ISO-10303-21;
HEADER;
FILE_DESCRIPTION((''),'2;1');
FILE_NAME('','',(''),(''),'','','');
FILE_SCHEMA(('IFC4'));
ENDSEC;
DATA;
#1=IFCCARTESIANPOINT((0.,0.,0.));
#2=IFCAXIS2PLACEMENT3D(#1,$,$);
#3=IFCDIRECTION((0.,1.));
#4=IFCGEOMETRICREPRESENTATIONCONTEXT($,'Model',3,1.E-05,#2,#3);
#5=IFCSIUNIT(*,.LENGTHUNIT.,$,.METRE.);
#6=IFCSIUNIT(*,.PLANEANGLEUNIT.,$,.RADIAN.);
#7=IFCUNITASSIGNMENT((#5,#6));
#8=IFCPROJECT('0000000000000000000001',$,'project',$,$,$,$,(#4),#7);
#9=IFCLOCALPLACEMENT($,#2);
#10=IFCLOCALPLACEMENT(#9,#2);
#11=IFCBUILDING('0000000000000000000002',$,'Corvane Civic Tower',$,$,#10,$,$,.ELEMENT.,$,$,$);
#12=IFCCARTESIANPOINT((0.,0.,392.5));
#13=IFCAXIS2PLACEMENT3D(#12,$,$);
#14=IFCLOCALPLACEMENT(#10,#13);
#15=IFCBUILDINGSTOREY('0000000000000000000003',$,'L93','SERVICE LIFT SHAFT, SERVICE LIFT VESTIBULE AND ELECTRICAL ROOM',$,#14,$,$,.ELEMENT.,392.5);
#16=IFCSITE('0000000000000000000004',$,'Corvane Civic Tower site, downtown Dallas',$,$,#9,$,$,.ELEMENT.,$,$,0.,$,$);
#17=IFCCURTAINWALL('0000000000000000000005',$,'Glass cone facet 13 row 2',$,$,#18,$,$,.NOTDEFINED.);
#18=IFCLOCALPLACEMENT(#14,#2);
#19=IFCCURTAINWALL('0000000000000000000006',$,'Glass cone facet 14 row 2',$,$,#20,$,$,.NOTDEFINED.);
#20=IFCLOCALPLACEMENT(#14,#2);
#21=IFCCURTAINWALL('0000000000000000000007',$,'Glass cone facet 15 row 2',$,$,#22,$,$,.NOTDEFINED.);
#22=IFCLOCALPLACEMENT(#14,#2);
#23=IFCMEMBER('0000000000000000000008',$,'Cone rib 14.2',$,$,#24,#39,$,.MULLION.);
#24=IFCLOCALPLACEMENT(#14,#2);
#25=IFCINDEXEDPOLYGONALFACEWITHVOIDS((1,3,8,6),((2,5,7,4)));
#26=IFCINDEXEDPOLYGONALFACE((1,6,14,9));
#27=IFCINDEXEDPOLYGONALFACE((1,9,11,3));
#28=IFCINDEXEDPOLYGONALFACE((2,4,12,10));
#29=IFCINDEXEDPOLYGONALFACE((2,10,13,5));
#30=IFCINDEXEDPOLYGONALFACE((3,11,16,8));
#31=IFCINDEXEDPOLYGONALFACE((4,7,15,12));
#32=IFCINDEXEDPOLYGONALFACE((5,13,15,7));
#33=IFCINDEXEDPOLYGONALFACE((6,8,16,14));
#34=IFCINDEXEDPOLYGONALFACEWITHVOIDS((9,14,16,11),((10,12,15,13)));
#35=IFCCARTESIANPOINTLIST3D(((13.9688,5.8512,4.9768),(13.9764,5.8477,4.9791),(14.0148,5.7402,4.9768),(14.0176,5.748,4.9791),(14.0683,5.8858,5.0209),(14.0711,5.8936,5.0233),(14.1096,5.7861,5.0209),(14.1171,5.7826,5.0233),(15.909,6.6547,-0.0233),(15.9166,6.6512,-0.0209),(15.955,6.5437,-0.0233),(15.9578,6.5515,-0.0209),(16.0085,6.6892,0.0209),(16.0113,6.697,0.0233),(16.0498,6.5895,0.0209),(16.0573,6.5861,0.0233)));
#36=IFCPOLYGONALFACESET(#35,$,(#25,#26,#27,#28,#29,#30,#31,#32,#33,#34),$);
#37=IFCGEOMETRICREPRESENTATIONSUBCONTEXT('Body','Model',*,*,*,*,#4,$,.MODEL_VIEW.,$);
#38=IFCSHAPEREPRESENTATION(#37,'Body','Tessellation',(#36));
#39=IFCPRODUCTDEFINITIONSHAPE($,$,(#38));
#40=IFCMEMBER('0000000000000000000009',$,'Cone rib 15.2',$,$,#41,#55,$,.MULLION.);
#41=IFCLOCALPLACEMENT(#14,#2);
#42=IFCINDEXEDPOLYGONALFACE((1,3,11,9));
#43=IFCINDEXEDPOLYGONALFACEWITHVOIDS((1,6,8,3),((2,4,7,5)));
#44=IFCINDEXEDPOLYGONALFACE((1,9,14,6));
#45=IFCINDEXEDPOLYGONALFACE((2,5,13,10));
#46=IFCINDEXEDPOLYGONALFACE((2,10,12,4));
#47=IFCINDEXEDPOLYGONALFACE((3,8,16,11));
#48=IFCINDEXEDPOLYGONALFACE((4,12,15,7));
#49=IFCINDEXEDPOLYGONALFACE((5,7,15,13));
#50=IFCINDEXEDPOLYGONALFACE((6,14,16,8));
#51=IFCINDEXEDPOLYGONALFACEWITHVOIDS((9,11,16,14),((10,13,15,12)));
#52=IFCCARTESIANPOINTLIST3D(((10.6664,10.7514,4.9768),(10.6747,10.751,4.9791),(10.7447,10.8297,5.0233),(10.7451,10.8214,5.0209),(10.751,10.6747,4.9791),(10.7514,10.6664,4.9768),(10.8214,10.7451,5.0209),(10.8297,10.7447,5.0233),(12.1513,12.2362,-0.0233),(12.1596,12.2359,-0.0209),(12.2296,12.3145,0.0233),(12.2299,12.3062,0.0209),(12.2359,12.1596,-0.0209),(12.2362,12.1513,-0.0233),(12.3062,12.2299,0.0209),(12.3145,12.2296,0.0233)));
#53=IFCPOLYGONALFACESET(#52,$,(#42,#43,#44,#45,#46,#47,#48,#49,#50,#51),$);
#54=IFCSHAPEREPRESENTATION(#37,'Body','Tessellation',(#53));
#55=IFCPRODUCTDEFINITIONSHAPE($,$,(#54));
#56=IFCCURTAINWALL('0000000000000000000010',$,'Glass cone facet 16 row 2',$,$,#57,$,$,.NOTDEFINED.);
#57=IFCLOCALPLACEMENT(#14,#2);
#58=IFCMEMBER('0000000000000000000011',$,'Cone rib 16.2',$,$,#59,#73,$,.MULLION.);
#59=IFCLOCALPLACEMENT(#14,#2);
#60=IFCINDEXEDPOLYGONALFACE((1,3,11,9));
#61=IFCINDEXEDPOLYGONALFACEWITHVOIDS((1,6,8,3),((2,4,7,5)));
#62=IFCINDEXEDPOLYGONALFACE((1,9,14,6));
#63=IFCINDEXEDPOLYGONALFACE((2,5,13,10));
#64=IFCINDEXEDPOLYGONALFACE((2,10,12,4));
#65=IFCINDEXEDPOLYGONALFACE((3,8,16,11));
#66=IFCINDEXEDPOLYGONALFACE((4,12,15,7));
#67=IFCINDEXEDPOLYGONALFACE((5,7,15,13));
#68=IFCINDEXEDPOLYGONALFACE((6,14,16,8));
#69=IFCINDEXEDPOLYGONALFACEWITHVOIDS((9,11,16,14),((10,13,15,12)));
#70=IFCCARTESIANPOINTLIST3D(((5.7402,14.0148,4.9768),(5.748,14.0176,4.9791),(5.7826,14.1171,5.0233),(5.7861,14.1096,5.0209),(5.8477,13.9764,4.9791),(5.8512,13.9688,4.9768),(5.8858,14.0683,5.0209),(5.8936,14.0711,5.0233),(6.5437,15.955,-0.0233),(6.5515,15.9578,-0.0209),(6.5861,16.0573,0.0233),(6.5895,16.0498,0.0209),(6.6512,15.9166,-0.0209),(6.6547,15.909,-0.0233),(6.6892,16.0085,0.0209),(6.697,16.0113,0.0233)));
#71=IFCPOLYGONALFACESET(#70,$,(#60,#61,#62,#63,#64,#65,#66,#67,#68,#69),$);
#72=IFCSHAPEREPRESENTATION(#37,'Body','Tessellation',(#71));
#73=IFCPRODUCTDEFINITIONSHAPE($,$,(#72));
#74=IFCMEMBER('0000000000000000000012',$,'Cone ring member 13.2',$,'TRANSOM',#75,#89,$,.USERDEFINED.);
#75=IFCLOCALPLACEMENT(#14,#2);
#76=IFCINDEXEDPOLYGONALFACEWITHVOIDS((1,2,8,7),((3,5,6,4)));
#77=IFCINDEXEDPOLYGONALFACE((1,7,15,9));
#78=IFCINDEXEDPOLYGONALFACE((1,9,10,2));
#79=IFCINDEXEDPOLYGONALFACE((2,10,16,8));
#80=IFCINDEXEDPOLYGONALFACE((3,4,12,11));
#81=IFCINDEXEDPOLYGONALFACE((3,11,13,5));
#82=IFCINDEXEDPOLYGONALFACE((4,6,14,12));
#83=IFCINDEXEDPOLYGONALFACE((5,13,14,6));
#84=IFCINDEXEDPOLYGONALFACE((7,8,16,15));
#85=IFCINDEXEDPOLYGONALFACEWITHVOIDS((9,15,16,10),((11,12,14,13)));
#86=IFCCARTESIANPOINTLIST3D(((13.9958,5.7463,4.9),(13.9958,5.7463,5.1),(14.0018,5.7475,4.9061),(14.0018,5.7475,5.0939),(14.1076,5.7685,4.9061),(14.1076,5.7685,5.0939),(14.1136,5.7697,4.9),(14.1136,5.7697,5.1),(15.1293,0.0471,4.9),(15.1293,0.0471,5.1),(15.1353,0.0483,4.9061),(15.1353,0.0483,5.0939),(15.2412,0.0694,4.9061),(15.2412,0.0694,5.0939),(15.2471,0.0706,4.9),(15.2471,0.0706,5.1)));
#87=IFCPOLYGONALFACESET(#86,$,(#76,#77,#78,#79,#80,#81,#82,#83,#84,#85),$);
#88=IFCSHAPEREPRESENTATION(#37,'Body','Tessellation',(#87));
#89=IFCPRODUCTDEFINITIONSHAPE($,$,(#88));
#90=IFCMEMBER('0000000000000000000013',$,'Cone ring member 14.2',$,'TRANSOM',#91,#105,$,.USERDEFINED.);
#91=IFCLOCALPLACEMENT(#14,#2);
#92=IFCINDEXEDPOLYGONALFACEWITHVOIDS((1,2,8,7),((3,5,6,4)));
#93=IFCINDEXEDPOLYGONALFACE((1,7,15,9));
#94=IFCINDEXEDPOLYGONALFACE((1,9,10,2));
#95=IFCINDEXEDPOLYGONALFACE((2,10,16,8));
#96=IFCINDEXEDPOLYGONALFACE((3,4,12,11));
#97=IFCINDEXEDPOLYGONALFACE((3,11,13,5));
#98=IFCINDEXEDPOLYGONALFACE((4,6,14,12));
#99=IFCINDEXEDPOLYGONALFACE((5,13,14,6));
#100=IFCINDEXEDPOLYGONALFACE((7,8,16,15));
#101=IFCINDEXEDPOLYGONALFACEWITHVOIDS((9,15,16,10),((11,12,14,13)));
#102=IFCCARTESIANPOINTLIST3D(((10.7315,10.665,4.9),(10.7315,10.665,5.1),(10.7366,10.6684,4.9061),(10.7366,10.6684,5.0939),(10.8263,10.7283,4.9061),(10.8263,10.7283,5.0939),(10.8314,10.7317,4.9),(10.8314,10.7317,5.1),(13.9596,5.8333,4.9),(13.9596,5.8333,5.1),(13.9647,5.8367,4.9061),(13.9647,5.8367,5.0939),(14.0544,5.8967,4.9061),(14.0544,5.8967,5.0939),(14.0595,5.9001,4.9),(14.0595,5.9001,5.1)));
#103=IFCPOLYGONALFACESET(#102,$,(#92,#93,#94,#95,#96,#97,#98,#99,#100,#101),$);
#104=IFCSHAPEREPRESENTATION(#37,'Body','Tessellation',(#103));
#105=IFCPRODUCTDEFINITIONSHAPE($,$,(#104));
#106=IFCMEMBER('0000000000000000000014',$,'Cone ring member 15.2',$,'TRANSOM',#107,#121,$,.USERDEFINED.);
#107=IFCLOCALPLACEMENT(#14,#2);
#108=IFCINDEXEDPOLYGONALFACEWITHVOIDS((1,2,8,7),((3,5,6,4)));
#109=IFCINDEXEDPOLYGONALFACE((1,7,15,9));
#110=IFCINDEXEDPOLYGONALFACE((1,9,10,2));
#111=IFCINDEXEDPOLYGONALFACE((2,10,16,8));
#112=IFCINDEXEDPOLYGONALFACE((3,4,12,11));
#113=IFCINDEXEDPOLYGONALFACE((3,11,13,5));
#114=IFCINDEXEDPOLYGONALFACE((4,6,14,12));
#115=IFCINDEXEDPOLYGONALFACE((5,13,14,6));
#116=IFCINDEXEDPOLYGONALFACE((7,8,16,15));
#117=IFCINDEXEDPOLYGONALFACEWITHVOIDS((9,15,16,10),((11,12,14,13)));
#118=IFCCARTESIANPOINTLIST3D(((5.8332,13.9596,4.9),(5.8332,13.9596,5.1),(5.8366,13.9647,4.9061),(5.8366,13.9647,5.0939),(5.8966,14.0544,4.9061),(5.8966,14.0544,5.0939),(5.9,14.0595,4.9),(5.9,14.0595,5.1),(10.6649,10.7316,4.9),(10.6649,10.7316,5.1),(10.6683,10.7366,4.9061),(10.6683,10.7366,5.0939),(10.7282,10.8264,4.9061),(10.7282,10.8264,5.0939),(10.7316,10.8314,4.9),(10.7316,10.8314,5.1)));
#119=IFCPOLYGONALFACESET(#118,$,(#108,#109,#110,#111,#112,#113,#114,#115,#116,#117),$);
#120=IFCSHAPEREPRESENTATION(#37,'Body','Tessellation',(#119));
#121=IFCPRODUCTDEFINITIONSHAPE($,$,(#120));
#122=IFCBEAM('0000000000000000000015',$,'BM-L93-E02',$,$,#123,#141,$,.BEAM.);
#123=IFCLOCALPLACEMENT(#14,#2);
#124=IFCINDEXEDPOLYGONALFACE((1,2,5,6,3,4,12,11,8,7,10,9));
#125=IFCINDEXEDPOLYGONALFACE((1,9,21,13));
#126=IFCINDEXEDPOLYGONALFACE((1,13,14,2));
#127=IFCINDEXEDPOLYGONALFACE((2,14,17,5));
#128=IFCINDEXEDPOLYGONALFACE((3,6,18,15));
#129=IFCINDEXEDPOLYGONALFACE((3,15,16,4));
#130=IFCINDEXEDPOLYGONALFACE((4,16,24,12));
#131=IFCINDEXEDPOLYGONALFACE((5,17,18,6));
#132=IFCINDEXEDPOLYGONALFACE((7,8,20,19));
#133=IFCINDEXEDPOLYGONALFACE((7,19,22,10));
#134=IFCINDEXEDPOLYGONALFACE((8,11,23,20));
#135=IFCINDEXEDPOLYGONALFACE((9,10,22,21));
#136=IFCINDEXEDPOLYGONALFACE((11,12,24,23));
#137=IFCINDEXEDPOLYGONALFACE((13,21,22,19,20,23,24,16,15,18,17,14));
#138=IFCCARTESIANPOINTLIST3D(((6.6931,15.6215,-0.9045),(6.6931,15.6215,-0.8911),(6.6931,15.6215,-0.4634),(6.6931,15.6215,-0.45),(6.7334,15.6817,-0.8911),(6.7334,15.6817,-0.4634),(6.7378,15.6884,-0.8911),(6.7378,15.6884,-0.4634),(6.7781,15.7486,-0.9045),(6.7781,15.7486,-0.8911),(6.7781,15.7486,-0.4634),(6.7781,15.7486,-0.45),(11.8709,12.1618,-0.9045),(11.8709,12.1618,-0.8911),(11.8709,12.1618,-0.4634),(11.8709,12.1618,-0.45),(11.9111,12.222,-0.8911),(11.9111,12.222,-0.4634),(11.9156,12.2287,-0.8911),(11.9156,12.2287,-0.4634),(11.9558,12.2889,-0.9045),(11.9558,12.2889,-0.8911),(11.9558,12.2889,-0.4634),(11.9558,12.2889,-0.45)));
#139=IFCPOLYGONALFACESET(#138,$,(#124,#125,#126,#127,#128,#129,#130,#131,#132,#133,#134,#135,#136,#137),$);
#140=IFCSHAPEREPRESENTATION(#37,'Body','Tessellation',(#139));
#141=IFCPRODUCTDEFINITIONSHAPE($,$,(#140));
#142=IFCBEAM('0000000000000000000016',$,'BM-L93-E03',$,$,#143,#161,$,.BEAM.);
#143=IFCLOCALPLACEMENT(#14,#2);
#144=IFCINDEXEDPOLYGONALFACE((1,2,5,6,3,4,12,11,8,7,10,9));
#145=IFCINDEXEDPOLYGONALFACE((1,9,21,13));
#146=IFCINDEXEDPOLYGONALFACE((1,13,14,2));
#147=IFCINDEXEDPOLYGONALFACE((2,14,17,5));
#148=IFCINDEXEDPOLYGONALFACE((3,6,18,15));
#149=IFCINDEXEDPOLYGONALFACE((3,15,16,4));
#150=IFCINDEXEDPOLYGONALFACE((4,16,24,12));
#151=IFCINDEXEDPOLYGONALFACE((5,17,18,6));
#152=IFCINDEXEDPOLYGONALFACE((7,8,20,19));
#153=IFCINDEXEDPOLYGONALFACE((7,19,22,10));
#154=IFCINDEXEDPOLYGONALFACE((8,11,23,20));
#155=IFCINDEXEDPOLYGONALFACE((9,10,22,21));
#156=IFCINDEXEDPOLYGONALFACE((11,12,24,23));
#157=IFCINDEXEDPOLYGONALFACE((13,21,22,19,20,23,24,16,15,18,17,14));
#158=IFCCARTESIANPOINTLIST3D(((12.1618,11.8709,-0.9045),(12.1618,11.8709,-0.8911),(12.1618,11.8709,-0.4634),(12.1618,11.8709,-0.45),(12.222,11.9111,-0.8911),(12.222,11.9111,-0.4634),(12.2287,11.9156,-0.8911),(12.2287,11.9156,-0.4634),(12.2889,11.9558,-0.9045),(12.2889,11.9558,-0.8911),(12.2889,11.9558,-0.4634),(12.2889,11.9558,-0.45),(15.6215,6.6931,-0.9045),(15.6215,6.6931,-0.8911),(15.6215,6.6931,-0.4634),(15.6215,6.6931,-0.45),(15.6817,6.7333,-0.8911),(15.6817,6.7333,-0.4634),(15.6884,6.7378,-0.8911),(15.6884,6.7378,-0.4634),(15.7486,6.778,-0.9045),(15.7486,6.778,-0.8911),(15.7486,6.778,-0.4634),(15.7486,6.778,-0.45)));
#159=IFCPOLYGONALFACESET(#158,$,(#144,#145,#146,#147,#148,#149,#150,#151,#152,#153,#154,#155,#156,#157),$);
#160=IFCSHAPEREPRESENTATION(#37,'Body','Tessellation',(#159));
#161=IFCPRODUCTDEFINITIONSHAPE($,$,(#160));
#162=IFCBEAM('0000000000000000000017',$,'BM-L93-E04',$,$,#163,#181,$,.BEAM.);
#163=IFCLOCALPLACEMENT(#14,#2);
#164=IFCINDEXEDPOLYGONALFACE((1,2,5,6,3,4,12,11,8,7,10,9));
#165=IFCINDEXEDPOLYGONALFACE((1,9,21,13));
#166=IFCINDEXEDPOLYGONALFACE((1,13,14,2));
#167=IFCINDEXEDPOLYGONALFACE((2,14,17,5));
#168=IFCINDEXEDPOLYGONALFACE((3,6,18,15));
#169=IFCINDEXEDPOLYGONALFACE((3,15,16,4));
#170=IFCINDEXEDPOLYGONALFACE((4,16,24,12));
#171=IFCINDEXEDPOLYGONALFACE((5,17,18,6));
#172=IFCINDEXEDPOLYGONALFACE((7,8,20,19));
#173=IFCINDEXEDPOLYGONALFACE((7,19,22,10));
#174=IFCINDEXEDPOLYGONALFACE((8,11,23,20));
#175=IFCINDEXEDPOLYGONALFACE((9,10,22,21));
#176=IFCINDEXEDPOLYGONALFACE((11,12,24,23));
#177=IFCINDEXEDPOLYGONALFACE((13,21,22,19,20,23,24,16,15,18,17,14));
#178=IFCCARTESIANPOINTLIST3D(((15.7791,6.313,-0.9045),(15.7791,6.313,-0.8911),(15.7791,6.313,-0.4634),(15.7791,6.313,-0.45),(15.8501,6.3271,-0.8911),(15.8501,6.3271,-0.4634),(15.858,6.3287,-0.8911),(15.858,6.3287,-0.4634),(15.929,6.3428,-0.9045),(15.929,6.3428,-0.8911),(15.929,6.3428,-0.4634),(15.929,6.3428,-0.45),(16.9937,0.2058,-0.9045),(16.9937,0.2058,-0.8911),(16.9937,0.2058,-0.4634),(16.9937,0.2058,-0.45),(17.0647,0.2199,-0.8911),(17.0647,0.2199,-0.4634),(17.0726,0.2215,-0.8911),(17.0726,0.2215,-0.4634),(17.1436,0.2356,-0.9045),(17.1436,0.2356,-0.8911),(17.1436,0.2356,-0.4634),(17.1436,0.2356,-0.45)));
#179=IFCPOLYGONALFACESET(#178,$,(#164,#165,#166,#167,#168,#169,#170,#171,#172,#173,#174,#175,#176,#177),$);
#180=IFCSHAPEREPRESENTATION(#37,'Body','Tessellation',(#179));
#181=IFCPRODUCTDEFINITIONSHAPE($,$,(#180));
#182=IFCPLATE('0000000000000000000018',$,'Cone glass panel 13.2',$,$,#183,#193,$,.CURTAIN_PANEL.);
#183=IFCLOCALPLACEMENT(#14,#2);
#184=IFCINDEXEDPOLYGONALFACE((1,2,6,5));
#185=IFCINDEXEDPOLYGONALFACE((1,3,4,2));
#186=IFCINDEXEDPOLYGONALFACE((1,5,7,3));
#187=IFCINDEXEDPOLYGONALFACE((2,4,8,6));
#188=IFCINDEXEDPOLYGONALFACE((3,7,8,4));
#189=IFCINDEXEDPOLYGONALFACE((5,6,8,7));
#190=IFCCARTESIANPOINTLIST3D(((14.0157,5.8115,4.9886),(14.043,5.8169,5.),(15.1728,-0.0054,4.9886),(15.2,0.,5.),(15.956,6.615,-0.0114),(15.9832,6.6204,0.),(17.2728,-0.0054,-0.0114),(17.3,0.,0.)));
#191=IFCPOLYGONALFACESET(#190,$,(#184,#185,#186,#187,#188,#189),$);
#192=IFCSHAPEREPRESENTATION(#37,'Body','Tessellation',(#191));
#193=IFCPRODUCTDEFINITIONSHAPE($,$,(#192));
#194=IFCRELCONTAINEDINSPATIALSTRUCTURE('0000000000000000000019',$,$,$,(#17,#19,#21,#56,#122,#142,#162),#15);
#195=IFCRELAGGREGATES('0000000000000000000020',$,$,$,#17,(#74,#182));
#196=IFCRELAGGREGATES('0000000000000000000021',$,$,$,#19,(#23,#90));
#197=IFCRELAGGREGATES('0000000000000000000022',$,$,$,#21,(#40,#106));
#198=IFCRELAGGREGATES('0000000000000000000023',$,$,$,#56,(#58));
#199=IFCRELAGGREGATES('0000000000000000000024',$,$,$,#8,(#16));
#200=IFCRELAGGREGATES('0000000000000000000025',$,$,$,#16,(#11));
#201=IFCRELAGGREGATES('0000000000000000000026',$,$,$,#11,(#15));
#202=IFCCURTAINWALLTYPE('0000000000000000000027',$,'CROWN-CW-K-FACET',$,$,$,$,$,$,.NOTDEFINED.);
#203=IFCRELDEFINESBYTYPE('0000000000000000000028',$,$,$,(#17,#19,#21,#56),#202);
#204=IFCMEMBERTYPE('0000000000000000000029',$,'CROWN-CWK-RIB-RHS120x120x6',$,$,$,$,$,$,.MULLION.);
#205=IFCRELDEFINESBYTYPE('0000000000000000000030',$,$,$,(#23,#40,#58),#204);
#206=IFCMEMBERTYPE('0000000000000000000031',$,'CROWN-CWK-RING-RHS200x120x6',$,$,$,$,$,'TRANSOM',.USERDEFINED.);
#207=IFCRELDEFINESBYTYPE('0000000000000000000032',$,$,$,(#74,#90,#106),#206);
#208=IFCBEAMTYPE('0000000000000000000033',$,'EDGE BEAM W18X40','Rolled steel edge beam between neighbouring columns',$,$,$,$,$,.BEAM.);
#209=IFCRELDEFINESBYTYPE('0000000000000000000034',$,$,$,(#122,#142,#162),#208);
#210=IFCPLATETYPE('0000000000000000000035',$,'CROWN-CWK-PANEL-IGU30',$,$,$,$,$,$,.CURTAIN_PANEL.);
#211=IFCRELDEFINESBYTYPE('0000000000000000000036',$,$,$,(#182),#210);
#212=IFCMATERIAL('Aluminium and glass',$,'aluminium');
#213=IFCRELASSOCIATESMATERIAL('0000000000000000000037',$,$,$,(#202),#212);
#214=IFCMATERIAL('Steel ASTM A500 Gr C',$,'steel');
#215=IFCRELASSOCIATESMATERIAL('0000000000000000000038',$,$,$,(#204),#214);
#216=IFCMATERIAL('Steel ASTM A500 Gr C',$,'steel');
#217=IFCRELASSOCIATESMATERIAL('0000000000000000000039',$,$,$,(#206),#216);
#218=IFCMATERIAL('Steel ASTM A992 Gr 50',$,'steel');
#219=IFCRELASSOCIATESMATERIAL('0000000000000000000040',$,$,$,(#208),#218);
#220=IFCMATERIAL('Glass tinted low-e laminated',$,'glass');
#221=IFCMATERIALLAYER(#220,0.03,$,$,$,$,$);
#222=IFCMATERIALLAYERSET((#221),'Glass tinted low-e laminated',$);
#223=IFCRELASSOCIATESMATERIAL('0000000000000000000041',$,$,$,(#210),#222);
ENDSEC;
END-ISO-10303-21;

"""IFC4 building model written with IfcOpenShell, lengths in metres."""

from ifc_helpers import new_model, si_unit, direction, frame, origin, origin_2d, place, context, subcontext, project, spatial, polyline, hollow_rectangle, i_section, outline, extrude, material, layer, layer_set, material_profile, profile_set, type_object, element, aggregate, save


model = new_model("IFC4")

# Units and contexts
model_context = context("Model", 3, precision=1e-05, world=origin(), true_north=direction((0.0, 1.0)))
body_context = subcontext(model_context, "Body", "Model", "MODEL_VIEW")
ifc_project = project(units=[si_unit("LENGTHUNIT", "METRE"), si_unit("PLANEANGLEUNIT", "RADIAN")], contexts=[model_context])

# Site, building, storey
site_placement = place(None, origin())
site = spatial("IfcSite", under=ifc_project, at=site_placement, Name="Corvane Civic Tower site, downtown Dallas", CompositionType="ELEMENT", RefElevation=0.0)
building_placement = place(site_placement, origin())
building = spatial("IfcBuilding", under=site, at=building_placement, Name="Corvane Civic Tower", CompositionType="ELEMENT")
storey_placement = place(building_placement, frame((0.0, 0.0, 392.5)))
storey = spatial("IfcBuildingStorey", under=building, at=storey_placement, Name="L93", Description="SERVICE LIFT SHAFT, SERVICE LIFT VESTIBULE AND ELECTRICAL ROOM", CompositionType="ELEMENT", Elevation=392.5)

# Curtain walls
ifc_material_1 = material(Name="Aluminium and glass", Category="aluminium")
curtain_wall_type = type_object("IfcCurtainWallType", Name="CROWN-CW-K-FACET", PredefinedType="NOTDEFINED", material=ifc_material_1)
curtain_wall_1_placement = place(storey_placement, origin())
curtain_wall_1 = element("IfcCurtainWall", 1, at=curtain_wall_1_placement, inside=storey, type_object=curtain_wall_type, Name="Glass cone facet 13 row 2", PredefinedType="NOTDEFINED")
curtain_wall_2_placement = place(storey_placement, origin())
curtain_wall_2 = element("IfcCurtainWall", 2, at=curtain_wall_2_placement, inside=storey, type_object=curtain_wall_type, Name="Glass cone facet 14 row 2", PredefinedType="NOTDEFINED")
curtain_wall_3_placement = place(storey_placement, origin())
curtain_wall_3 = element("IfcCurtainWall", 3, at=curtain_wall_3_placement, inside=storey, type_object=curtain_wall_type, Name="Glass cone facet 15 row 2", PredefinedType="NOTDEFINED")

# Members
ifc_material_2 = material(Name="Steel ASTM A500 Gr C", Category="steel")
ifc_material_profile_1 = material_profile(ifc_material_2, hollow_rectangle(XDim=0.1201, YDim=0.1201, WallThickness=0.0061, at=origin_2d()), Name="RHS 120x120x6")
ifc_profile_set_1 = profile_set([ifc_material_profile_1], Name="Steel ASTM A500 Gr C")
member_type_1 = type_object("IfcMemberType", Name="CROWN-CWK-RIB-RHS120x120x6", PredefinedType="MULLION", material=ifc_profile_set_1)
member_1_placement = place(storey_placement, frame((15.9832, 6.6204, 0.0), z_axis=(-0.357764, -0.148157, 0.921984), x_axis=(0.382608, -0.923911, 0.0)))
member_1 = element("IfcMember", 4, at=member_1_placement, type_object=member_type_1, Name="Cone rib 14.2", PredefinedType="MULLION", context=body_context, shape_type="SweptSolid", body=[
    extrude(hollow_rectangle(XDim=0.1201, YDim=0.1201, WallThickness=0.0061, at=origin_2d()), origin(), (0.0, 0.0, 1.0), 5.4231),
])
member_2_placement = place(storey_placement, frame((12.2329, 12.2329, 0.0), z_axis=(-0.273805, -0.273805, 0.921988), x_axis=(0.707107, -0.707107, 0.0)))
member_2 = element("IfcMember", 5, at=member_2_placement, type_object=member_type_1, Name="Cone rib 15.2", PredefinedType="MULLION", context=body_context, shape_type="SweptSolid", body=[
    extrude(hollow_rectangle(XDim=0.1201, YDim=0.1201, WallThickness=0.0061, at=origin_2d()), origin(), (0.0, 0.0, 1.0), 5.4231),
])

# Curtain wall, member
curtain_wall_4_placement = place(storey_placement, origin())
curtain_wall_4 = element("IfcCurtainWall", 6, at=curtain_wall_4_placement, inside=storey, type_object=curtain_wall_type, Name="Glass cone facet 16 row 2", PredefinedType="NOTDEFINED")
member_3_placement = place(storey_placement, frame((6.6204, 15.9832, 0.0), z_axis=(-0.148157, -0.357764, 0.921984), x_axis=(0.923911, -0.382608, 0.0)))
member_3 = element("IfcMember", 7, at=member_3_placement, type_object=member_type_1, Name="Cone rib 16.2", PredefinedType="MULLION", context=body_context, shape_type="SweptSolid", body=[
    extrude(hollow_rectangle(XDim=0.1201, YDim=0.1201, WallThickness=0.0061, at=origin_2d()), origin(), (0.0, 0.0, 1.0), 5.4231),
])

# Members
ifc_material_3 = material(Name="Steel ASTM A500 Gr C", Category="steel")
ifc_material_profile_2 = material_profile(ifc_material_3, hollow_rectangle(XDim=0.1201, YDim=0.2, WallThickness=0.0061, at=origin_2d()), Name="RHS 200x120x6")
ifc_profile_set_2 = profile_set([ifc_material_profile_2], Name="Steel ASTM A500 Gr C")
member_type_2 = type_object("IfcMemberType", Name="CROWN-CWK-RING-RHS200x120x6", ElementType="TRANSOM", PredefinedType="USERDEFINED", material=ifc_profile_set_2)
member_4_placement = place(storey_placement, frame((15.1882, 0.0588, 5.0), z_axis=(-0.195074, 0.980789, 0.0), x_axis=(-0.980789, -0.195074, 0.0)))
member_4 = element("IfcMember", 8, at=member_4_placement, type_object=member_type_2, Name="Cone ring member 13.2", ObjectType="TRANSOM", PredefinedType="USERDEFINED", context=body_context, shape_type="SweptSolid", body=[
    extrude(hollow_rectangle(XDim=0.1201, YDim=0.2, WallThickness=0.0061, at=origin_2d()), origin(), (0.0, 0.0, 1.0), 5.8108),
])
member_5_placement = place(storey_placement, frame((14.0095, 5.8667, 5.0), z_axis=(-0.555534, 0.831494, 0.0), x_axis=(-0.831494, -0.555534, 0.0)))
member_5 = element("IfcMember", 9, at=member_5_placement, type_object=member_type_2, Name="Cone ring member 14.2", ObjectType="TRANSOM", PredefinedType="USERDEFINED", context=body_context, shape_type="SweptSolid", body=[
    extrude(hollow_rectangle(XDim=0.1201, YDim=0.2, WallThickness=0.0061, at=origin_2d()), origin(), (0.0, 0.0, 1.0), 5.8108),
])
member_6_placement = place(storey_placement, frame((10.6982, 10.7815, 5.0), z_axis=(-0.831494, 0.555534, 0.0), x_axis=(-0.555534, -0.831494, 0.0)))
member_6 = element("IfcMember", 10, at=member_6_placement, type_object=member_type_2, Name="Cone ring member 15.2", ObjectType="TRANSOM", PredefinedType="USERDEFINED", context=body_context, shape_type="SweptSolid", body=[
    extrude(hollow_rectangle(XDim=0.1201, YDim=0.2, WallThickness=0.0061, at=origin_2d()), origin(), (0.0, 0.0, 1.0), 5.8108),
])

# Beams
ifc_material_4 = material(Name="Steel ASTM A992 Gr 50", Category="steel")
ifc_material_profile_3 = material_profile(ifc_material_4, i_section(OverallWidth=0.1528, OverallDepth=0.4546, WebThickness=0.0081, FlangeThickness=0.0134, at=origin_2d()), Name="W18X40")
ifc_profile_set_3 = profile_set([ifc_material_profile_3], Name="Steel ASTM A992 Gr 50")
beam_type = type_object("IfcBeamType", Name="EDGE BEAM W18X40", Description="Rolled steel edge beam between neighbouring columns", PredefinedType="BEAM", material=ifc_profile_set_3)
for number, where, z_axis, x_axis, name in (
    (11, (6.7356, 15.6851, -0.6772), (0.831465, -0.555577, 0.0), (0.555577, 0.831465, 0.0), "BM-L93-E02"),
    (12, (12.2253, 11.9133, -0.6772), (0.555577, -0.831465, 0.0), (0.831465, 0.555577, 0.0), "BM-L93-E03"),
):
    element("IfcBeam", number, at=place(storey_placement, frame(where, z_axis=z_axis, x_axis=x_axis)), inside=storey, type_object=beam_type, Name=name, PredefinedType="BEAM", context=body_context, shape_type="SweptSolid", body=[
        extrude(i_section(OverallWidth=0.1528, OverallDepth=0.4546, WebThickness=0.0081, FlangeThickness=0.0134, at=origin_2d()), origin(), (0.0, 0.0, 1.0), 6.2273),
    ])
beam_placement = place(storey_placement, frame((15.854, 6.3279, -0.6772), z_axis=(0.19506, -0.980791, 0.0), x_axis=(0.980791, 0.19506, 0.0)))
element("IfcBeam", 13, at=beam_placement, inside=storey, type_object=beam_type, Name="BM-L93-E04", PredefinedType="BEAM", context=body_context, shape_type="SweptSolid", body=[
    extrude(i_section(OverallWidth=0.1528, OverallDepth=0.4546, WebThickness=0.0081, FlangeThickness=0.0134, at=origin_2d()), origin(), (0.0, 0.0, 1.0), 6.2268),
])

# Plate
ifc_material_5 = material(Name="Glass tinted low-e laminated", Category="glass")
ifc_layer = layer(ifc_material_5, 0.03)
ifc_layer_set = layer_set([ifc_layer], Name="Glass tinted low-e laminated")
plate_type = type_object("IfcPlateType", Name="CROWN-CWK-PANEL-IGU30", PredefinedType="CURTAIN_PANEL", material=ifc_layer_set)
plate_1_placement = place(storey_placement, frame((17.3, 0.0, 0.0), z_axis=(0.906855, 0.180381, 0.380888), x_axis=(-0.195088, 0.980786, 0.000002)))
plate_1 = element("IfcPlate", 14, at=plate_1_placement, type_object=plate_type, Name="Cone glass panel 13.2", PredefinedType="CURTAIN_PANEL", context=body_context, shape_type="SweptSolid", body=[
    extrude(outline(polyline([(0.0, 0.0), (6.7501, 0.0), (6.3406, 5.4076), (0.4097, 5.4076), (0.0, 0.0)])), origin(), (0.0, 0.0, -1.0), 0.03),
])
aggregate(curtain_wall_1, [member_4, plate_1])
aggregate(curtain_wall_2, [member_1, member_5])
aggregate(curtain_wall_3, [member_2, member_6])
aggregate(curtain_wall_4, [member_3])

save(model, "model.ifc")
